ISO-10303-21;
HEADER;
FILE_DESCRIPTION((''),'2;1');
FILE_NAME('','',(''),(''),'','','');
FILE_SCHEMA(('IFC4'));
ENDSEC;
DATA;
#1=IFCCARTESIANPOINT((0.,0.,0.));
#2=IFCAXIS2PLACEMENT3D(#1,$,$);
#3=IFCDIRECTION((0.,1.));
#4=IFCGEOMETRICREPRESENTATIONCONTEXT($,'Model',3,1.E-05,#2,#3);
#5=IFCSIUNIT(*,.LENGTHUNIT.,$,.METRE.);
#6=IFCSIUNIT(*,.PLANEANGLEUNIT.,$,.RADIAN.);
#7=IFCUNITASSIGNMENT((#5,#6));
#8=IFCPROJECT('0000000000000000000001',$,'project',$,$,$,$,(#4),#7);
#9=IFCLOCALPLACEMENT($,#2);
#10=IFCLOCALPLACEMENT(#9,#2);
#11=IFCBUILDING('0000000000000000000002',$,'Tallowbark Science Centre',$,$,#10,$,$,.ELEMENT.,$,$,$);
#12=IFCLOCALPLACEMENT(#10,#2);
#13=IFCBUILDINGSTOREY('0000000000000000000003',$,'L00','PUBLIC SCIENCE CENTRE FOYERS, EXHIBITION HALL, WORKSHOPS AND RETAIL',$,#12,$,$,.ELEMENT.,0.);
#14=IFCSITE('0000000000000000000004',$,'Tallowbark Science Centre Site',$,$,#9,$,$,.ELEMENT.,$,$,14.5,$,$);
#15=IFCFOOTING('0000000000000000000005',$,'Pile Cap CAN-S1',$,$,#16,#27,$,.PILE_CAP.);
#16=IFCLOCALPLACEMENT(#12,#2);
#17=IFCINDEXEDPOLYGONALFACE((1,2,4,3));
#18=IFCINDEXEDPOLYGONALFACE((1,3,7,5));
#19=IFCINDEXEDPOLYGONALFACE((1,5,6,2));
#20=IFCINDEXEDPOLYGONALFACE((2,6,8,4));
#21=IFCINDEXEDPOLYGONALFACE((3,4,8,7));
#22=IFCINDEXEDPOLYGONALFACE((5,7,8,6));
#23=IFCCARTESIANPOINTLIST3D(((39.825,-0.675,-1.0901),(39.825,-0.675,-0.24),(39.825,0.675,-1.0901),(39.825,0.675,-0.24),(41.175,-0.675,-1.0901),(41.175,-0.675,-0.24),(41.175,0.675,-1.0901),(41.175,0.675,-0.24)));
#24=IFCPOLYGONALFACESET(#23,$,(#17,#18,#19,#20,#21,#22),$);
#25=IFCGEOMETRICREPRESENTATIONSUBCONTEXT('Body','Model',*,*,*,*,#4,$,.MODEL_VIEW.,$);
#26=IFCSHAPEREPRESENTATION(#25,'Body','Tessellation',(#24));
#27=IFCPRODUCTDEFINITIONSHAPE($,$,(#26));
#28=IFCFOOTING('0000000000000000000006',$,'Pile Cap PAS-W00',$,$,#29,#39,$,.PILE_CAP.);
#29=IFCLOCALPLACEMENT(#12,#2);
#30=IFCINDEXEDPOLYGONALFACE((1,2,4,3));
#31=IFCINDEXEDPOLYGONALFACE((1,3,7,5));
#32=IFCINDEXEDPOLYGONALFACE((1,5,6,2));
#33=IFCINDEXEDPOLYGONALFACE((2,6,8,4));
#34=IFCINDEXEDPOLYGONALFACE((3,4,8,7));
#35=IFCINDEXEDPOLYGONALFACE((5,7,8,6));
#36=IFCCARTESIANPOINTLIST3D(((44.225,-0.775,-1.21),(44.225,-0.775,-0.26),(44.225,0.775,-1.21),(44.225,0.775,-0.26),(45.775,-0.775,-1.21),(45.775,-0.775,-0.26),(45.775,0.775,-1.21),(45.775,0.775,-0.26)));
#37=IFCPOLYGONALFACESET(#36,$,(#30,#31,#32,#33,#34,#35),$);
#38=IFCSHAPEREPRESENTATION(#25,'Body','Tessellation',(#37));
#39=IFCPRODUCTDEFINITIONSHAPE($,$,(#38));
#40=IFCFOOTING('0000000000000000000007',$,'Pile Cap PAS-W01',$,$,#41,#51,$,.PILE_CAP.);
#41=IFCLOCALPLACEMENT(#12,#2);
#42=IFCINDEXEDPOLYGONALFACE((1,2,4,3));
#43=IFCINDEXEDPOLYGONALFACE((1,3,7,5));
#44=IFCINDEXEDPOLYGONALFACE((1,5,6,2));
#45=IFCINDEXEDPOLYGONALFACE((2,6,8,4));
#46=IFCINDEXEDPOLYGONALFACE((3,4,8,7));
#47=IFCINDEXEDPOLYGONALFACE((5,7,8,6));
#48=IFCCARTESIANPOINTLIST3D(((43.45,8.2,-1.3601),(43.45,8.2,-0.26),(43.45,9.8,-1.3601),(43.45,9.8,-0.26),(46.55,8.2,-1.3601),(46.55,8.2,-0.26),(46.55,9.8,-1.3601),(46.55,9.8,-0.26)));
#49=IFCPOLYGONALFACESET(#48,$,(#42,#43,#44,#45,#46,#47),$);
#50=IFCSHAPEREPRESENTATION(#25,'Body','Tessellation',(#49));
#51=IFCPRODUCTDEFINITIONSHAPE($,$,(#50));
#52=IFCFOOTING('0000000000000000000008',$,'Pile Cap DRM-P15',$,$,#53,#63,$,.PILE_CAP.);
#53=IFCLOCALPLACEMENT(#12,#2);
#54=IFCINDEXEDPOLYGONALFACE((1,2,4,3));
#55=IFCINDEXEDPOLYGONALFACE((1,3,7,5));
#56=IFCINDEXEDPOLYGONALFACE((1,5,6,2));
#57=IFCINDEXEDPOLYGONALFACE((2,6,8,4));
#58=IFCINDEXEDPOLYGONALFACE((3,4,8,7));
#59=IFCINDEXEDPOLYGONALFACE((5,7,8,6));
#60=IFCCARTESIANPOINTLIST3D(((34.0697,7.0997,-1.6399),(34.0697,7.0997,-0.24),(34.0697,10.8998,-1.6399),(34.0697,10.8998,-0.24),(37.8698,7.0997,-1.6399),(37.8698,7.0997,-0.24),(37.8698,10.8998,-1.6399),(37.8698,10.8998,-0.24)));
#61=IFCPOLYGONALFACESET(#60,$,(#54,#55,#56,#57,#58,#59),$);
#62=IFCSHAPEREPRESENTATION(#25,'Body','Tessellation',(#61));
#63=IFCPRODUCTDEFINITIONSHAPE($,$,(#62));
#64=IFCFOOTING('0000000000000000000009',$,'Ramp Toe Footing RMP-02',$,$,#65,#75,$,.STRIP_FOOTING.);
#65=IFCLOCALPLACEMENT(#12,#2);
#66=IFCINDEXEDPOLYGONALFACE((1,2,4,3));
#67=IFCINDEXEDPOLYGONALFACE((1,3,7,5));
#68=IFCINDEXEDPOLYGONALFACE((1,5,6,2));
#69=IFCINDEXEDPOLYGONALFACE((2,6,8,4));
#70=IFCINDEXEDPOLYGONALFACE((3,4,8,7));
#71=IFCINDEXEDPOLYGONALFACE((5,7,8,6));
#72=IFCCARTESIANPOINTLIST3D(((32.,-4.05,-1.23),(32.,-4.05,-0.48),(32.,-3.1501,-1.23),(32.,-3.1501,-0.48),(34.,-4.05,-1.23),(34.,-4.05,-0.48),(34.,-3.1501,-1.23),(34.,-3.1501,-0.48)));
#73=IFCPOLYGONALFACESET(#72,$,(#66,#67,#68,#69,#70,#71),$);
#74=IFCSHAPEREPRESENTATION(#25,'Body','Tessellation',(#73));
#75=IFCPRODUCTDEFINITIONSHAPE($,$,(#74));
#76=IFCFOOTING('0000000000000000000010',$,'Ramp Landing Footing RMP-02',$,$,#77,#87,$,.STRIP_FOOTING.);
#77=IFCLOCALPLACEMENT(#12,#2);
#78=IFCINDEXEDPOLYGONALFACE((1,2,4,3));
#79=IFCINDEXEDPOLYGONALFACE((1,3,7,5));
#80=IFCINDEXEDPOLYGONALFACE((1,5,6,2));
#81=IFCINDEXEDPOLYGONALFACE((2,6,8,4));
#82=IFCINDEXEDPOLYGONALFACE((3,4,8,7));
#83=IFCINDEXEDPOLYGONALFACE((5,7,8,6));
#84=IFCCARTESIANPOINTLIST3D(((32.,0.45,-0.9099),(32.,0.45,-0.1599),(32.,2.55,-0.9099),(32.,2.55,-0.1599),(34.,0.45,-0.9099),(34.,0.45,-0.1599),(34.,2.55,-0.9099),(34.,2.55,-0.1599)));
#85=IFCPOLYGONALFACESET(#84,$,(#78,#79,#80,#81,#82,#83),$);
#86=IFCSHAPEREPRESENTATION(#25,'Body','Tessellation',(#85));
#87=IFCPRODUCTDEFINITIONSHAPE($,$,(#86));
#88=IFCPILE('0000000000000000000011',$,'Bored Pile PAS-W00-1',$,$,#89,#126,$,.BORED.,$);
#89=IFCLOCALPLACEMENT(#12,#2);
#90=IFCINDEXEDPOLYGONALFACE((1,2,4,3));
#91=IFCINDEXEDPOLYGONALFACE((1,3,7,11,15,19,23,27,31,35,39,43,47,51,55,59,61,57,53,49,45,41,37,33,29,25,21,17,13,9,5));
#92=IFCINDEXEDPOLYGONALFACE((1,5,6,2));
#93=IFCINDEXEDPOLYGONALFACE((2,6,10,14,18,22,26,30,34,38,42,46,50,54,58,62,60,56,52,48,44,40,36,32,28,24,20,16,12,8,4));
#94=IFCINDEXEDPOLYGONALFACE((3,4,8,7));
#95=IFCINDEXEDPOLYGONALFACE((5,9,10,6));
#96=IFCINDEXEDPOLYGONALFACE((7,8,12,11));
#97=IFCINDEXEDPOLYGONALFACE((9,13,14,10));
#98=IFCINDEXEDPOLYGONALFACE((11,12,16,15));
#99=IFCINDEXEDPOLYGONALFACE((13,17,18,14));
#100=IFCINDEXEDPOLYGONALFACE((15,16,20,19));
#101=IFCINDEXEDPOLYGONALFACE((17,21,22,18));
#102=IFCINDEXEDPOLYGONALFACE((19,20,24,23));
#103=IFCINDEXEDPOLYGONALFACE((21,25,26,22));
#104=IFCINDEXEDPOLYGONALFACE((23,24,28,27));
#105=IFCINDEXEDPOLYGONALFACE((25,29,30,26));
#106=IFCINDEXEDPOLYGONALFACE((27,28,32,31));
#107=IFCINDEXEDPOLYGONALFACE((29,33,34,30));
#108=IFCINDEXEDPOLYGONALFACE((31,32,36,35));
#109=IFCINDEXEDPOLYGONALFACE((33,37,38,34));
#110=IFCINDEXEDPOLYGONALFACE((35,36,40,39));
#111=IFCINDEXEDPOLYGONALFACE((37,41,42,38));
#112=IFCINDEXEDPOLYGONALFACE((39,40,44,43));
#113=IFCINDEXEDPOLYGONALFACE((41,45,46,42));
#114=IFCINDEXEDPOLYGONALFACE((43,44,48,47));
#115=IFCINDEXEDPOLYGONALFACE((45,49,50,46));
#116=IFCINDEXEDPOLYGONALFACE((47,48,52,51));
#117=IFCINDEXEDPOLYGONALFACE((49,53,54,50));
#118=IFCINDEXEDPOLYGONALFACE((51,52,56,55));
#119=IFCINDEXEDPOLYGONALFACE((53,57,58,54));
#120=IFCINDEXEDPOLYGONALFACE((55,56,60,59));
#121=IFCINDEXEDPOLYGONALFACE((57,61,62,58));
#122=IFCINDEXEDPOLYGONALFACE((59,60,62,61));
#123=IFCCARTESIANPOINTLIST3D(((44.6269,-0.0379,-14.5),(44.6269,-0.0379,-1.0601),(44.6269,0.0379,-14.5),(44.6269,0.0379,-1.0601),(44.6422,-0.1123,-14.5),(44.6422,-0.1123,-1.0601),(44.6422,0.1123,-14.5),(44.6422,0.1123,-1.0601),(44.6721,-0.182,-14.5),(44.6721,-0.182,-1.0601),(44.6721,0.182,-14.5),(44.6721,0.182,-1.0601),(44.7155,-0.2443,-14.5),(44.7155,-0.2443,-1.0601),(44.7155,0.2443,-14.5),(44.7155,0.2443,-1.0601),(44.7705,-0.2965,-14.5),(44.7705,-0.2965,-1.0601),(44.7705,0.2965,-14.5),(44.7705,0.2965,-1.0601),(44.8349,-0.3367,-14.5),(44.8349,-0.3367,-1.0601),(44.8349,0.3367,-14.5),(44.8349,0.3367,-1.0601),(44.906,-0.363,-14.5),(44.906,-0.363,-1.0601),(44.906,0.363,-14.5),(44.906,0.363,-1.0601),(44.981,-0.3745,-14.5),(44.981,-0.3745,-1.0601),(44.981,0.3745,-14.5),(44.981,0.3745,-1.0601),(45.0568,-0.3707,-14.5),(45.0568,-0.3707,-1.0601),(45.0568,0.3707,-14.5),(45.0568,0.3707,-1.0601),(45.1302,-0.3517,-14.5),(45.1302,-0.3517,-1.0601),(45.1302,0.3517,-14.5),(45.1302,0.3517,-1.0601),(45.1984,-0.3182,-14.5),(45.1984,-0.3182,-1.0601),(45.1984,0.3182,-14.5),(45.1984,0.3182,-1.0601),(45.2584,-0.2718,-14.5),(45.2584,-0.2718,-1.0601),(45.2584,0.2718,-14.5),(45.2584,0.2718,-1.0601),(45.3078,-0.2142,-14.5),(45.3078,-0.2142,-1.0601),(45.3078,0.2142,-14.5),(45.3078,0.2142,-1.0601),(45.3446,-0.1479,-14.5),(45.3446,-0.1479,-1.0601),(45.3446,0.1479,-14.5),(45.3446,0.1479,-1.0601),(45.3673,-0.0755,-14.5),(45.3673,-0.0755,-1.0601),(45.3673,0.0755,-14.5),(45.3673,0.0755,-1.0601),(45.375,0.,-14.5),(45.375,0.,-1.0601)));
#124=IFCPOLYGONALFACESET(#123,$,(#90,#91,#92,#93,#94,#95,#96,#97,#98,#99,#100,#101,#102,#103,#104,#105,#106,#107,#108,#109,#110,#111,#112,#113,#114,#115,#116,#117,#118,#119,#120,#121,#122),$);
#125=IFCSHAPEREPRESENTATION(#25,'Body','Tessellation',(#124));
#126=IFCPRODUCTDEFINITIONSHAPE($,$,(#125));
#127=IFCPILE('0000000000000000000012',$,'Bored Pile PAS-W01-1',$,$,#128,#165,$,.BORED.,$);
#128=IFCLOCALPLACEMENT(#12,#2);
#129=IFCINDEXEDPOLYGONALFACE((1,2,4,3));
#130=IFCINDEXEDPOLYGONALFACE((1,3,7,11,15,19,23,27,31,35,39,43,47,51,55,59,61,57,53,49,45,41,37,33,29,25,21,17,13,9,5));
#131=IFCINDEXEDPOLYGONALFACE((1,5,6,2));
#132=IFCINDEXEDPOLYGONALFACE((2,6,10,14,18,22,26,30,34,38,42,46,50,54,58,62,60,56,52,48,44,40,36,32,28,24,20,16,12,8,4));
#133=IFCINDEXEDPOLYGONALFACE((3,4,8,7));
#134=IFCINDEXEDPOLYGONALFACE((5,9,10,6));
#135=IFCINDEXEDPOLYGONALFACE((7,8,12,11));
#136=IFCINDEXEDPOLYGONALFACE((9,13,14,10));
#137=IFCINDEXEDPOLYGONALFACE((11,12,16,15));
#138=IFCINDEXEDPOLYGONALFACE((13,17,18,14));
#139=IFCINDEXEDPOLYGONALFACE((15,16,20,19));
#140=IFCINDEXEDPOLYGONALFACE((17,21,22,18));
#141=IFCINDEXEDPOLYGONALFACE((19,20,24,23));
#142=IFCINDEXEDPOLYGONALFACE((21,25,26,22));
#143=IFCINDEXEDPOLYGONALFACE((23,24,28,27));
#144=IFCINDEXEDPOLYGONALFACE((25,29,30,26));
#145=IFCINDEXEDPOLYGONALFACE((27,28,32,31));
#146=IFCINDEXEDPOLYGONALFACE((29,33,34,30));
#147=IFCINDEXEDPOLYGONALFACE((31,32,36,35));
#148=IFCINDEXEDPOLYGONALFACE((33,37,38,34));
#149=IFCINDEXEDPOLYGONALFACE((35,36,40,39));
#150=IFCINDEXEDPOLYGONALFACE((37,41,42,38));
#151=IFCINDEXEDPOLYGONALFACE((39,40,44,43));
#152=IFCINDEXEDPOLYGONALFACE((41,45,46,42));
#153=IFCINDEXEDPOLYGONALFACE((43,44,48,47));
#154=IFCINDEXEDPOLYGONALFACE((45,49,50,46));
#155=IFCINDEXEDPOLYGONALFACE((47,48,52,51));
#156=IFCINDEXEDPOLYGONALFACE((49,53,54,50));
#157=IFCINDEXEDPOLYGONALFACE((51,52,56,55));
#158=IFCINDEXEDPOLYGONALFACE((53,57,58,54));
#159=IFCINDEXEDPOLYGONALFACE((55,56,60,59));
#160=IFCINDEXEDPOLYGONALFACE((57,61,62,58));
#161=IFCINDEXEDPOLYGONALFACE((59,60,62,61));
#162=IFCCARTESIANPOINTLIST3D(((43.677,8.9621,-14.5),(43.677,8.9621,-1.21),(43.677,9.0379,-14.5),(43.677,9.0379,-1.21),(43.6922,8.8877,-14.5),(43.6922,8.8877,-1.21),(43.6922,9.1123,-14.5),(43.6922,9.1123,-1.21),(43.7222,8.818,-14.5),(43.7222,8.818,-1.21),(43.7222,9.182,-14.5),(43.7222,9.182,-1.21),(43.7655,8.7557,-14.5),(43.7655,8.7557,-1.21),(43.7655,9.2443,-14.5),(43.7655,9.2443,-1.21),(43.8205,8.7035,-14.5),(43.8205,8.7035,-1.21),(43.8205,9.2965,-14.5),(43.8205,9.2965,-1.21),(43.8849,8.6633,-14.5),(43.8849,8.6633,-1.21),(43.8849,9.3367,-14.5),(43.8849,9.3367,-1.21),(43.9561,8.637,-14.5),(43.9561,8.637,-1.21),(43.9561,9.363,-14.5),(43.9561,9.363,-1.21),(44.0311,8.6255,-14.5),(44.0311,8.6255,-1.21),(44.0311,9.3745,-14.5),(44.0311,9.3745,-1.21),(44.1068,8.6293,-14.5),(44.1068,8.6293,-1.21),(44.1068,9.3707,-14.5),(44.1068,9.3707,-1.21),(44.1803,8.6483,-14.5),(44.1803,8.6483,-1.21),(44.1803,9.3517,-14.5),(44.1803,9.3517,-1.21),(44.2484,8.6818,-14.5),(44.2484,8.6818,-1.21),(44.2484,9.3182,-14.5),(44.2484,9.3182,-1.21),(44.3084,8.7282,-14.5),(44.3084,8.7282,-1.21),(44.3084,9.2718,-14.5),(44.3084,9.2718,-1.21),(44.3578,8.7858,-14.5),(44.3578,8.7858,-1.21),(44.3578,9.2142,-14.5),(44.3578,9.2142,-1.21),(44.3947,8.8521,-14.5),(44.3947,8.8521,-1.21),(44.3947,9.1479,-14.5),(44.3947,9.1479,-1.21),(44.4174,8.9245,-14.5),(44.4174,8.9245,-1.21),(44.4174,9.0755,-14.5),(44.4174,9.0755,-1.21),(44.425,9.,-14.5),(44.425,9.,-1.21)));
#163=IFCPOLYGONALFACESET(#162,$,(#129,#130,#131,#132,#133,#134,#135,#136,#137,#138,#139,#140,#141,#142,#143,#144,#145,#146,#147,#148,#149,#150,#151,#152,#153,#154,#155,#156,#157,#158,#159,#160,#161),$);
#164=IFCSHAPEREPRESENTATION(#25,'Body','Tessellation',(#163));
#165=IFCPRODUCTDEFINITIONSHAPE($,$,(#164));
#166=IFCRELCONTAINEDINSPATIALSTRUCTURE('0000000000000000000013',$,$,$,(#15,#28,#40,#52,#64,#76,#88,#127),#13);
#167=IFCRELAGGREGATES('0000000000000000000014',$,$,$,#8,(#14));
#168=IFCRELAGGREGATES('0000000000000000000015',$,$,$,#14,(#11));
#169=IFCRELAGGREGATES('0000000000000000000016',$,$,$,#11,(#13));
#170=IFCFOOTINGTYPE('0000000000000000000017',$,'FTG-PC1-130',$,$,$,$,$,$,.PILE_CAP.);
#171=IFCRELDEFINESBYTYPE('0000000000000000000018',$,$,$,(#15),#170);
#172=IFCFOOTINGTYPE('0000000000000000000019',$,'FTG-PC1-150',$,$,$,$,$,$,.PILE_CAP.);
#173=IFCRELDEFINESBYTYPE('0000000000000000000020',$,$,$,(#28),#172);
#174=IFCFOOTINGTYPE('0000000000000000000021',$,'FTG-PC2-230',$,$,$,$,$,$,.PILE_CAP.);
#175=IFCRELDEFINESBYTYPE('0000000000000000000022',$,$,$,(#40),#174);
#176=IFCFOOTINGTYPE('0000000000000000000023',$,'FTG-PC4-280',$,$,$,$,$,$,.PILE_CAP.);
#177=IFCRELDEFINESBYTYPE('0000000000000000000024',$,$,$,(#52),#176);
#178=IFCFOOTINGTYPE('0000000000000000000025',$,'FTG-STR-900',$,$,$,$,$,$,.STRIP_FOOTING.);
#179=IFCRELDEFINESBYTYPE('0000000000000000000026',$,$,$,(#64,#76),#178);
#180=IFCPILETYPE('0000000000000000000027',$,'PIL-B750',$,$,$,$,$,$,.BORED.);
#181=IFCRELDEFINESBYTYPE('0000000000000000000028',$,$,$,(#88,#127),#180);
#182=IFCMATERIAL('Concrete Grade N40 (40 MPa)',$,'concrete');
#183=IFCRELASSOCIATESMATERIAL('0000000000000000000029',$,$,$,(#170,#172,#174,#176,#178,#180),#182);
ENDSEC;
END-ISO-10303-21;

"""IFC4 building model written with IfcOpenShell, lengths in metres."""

from ifc_helpers import new_model, si_unit, direction, frame, origin, origin_2d, place, context, subcontext, project, spatial, rectangle, circle, extrude, material, material_profile, profile_set, type_object, element, save


model = new_model("IFC4")

# Units and contexts
model_context = context("Model", 3, precision=1e-05, world=origin(), true_north=direction((0.0, 1.0)))
body_context = subcontext(model_context, "Body", "Model", "MODEL_VIEW")
ifc_project = project(units=[si_unit("LENGTHUNIT", "METRE"), si_unit("PLANEANGLEUNIT", "RADIAN")], contexts=[model_context])

# Site, building, storey
site_placement = place(None, origin())
site = spatial("IfcSite", under=ifc_project, at=site_placement, Name="Tallowbark Science Centre Site", CompositionType="ELEMENT", RefElevation=14.5)
building_placement = place(site_placement, origin())
building = spatial("IfcBuilding", under=site, at=building_placement, Name="Tallowbark Science Centre", CompositionType="ELEMENT")
storey_placement = place(building_placement, origin())
storey = spatial("IfcBuildingStorey", under=building, at=storey_placement, Name="L00", Description="PUBLIC SCIENCE CENTRE FOYERS, EXHIBITION HALL, WORKSHOPS AND RETAIL", CompositionType="ELEMENT", Elevation=0.0)

# Footings
ifc_material_1 = material(Name="Concrete Grade N40 (40 MPa)", Category="concrete")
footing_type_1 = type_object("IfcFootingType", Name="FTG-PC1-130", PredefinedType="PILE_CAP", material=ifc_material_1)
footing_1_placement = place(storey_placement, frame((40.5, 0.0, -1.0901), z_axis=(0.0, 0.0, 1.0), x_axis=(1.0, 0.0, 0.0)))
element("IfcFooting", 1, at=footing_1_placement, inside=storey, type_object=footing_type_1, Name="Pile Cap CAN-S1", PredefinedType="PILE_CAP", context=body_context, shape_type="SweptSolid", body=[
    extrude(rectangle(XDim=1.3501, YDim=1.3501, at=origin_2d()), origin(), (0.0, 0.0, 1.0), 0.8501),
])
footing_type_2 = type_object("IfcFootingType", Name="FTG-PC1-150", PredefinedType="PILE_CAP", material=ifc_material_1)
footing_2_placement = place(storey_placement, frame((45.0, 0.0, -1.21), z_axis=(0.0, 0.0, 1.0), x_axis=(1.0, 0.0, 0.0)))
element("IfcFooting", 2, at=footing_2_placement, inside=storey, type_object=footing_type_2, Name="Pile Cap PAS-W00", PredefinedType="PILE_CAP", context=body_context, shape_type="SweptSolid", body=[
    extrude(rectangle(XDim=1.55, YDim=1.55, at=origin_2d()), origin(), (0.0, 0.0, 1.0), 0.95),
])
footing_type_3 = type_object("IfcFootingType", Name="FTG-PC2-230", PredefinedType="PILE_CAP", material=ifc_material_1)
footing_3_placement = place(storey_placement, frame((45.0, 9.0, -1.3601), z_axis=(0.0, 0.0, 1.0), x_axis=(1.0, 0.0, 0.0)))
element("IfcFooting", 3, at=footing_3_placement, inside=storey, type_object=footing_type_3, Name="Pile Cap PAS-W01", PredefinedType="PILE_CAP", context=body_context, shape_type="SweptSolid", body=[
    extrude(rectangle(XDim=3.1001, YDim=1.6001, at=origin_2d()), origin(), (0.0, 0.0, 1.0), 1.1001),
])
footing_type_4 = type_object("IfcFootingType", Name="FTG-PC4-280", PredefinedType="PILE_CAP", material=ifc_material_1)
footing_4_placement = place(storey_placement, frame((35.9697, 8.9998, -1.6399), z_axis=(0.0, 0.0, 1.0), x_axis=(1.0, 0.0, 0.0)))
element("IfcFooting", 4, at=footing_4_placement, inside=storey, type_object=footing_type_4, Name="Pile Cap DRM-P15", PredefinedType="PILE_CAP", context=body_context, shape_type="SweptSolid", body=[
    extrude(rectangle(XDim=3.8, YDim=3.8, at=origin_2d()), origin(), (0.0, 0.0, 1.0), 1.3999),
])
footing_type_5 = type_object("IfcFootingType", Name="FTG-STR-900", PredefinedType="STRIP_FOOTING", material=ifc_material_1)
footing_5_placement = place(storey_placement, frame((33.0, -3.6001, -1.23), z_axis=(0.0, 0.0, 1.0), x_axis=(-1.0, 0.0, 0.0)))
element("IfcFooting", 5, at=footing_5_placement, inside=storey, type_object=footing_type_5, Name="Ramp Toe Footing RMP-02", PredefinedType="STRIP_FOOTING", context=body_context, shape_type="SweptSolid", body=[
    extrude(rectangle(XDim=2.0, YDim=0.8999, at=origin_2d()), origin(), (0.0, 0.0, 1.0), 0.75),
])
footing_6_placement = place(storey_placement, frame((33.0, 1.5, -0.9099), z_axis=(0.0, 0.0, 1.0), x_axis=(0.0, 1.0, 0.0)))
element("IfcFooting", 6, at=footing_6_placement, inside=storey, type_object=footing_type_5, Name="Ramp Landing Footing RMP-02", PredefinedType="STRIP_FOOTING", context=body_context, shape_type="SweptSolid", body=[
    extrude(rectangle(XDim=2.1001, YDim=2.0, at=origin_2d()), origin(), (0.0, 0.0, 1.0), 0.75),
])

# Piles
ifc_material_profile_1 = material_profile(ifc_material_1, circle(Radius=0.375, at=origin_2d()), Name="PILE750")
ifc_profile_set_1 = profile_set([ifc_material_profile_1], Name="Concrete Grade N40 (40 MPa)")
pile_type_1 = type_object("IfcPileType", Name="PIL-B750", PredefinedType="BORED", material=ifc_profile_set_1)
pile_1_placement = place(storey_placement, frame((45.0, 0.0, -1.0601), z_axis=(0.0, 0.0, -1.0), x_axis=(1.0, 0.0, 0.0)))
element("IfcPile", 7, at=pile_1_placement, inside=storey, type_object=pile_type_1, Name="Bored Pile PAS-W00-1", PredefinedType="BORED", context=body_context, shape_type="SweptSolid", body=[
    extrude(circle(Radius=0.375, at=origin_2d()), origin(), (0.0, 0.0, 1.0), 13.4399),
])
pile_2_placement = place(storey_placement, frame((44.05, 9.0, -1.21), z_axis=(0.0, 0.0, -1.0), x_axis=(1.0, 0.0, 0.0)))
element("IfcPile", 8, at=pile_2_placement, inside=storey, type_object=pile_type_1, Name="Bored Pile PAS-W01-1", PredefinedType="BORED", context=body_context, shape_type="SweptSolid", body=[
    extrude(circle(Radius=0.375, at=origin_2d()), origin(), (0.0, 0.0, 1.0), 13.29),
])

save(model, "model.ifc")
